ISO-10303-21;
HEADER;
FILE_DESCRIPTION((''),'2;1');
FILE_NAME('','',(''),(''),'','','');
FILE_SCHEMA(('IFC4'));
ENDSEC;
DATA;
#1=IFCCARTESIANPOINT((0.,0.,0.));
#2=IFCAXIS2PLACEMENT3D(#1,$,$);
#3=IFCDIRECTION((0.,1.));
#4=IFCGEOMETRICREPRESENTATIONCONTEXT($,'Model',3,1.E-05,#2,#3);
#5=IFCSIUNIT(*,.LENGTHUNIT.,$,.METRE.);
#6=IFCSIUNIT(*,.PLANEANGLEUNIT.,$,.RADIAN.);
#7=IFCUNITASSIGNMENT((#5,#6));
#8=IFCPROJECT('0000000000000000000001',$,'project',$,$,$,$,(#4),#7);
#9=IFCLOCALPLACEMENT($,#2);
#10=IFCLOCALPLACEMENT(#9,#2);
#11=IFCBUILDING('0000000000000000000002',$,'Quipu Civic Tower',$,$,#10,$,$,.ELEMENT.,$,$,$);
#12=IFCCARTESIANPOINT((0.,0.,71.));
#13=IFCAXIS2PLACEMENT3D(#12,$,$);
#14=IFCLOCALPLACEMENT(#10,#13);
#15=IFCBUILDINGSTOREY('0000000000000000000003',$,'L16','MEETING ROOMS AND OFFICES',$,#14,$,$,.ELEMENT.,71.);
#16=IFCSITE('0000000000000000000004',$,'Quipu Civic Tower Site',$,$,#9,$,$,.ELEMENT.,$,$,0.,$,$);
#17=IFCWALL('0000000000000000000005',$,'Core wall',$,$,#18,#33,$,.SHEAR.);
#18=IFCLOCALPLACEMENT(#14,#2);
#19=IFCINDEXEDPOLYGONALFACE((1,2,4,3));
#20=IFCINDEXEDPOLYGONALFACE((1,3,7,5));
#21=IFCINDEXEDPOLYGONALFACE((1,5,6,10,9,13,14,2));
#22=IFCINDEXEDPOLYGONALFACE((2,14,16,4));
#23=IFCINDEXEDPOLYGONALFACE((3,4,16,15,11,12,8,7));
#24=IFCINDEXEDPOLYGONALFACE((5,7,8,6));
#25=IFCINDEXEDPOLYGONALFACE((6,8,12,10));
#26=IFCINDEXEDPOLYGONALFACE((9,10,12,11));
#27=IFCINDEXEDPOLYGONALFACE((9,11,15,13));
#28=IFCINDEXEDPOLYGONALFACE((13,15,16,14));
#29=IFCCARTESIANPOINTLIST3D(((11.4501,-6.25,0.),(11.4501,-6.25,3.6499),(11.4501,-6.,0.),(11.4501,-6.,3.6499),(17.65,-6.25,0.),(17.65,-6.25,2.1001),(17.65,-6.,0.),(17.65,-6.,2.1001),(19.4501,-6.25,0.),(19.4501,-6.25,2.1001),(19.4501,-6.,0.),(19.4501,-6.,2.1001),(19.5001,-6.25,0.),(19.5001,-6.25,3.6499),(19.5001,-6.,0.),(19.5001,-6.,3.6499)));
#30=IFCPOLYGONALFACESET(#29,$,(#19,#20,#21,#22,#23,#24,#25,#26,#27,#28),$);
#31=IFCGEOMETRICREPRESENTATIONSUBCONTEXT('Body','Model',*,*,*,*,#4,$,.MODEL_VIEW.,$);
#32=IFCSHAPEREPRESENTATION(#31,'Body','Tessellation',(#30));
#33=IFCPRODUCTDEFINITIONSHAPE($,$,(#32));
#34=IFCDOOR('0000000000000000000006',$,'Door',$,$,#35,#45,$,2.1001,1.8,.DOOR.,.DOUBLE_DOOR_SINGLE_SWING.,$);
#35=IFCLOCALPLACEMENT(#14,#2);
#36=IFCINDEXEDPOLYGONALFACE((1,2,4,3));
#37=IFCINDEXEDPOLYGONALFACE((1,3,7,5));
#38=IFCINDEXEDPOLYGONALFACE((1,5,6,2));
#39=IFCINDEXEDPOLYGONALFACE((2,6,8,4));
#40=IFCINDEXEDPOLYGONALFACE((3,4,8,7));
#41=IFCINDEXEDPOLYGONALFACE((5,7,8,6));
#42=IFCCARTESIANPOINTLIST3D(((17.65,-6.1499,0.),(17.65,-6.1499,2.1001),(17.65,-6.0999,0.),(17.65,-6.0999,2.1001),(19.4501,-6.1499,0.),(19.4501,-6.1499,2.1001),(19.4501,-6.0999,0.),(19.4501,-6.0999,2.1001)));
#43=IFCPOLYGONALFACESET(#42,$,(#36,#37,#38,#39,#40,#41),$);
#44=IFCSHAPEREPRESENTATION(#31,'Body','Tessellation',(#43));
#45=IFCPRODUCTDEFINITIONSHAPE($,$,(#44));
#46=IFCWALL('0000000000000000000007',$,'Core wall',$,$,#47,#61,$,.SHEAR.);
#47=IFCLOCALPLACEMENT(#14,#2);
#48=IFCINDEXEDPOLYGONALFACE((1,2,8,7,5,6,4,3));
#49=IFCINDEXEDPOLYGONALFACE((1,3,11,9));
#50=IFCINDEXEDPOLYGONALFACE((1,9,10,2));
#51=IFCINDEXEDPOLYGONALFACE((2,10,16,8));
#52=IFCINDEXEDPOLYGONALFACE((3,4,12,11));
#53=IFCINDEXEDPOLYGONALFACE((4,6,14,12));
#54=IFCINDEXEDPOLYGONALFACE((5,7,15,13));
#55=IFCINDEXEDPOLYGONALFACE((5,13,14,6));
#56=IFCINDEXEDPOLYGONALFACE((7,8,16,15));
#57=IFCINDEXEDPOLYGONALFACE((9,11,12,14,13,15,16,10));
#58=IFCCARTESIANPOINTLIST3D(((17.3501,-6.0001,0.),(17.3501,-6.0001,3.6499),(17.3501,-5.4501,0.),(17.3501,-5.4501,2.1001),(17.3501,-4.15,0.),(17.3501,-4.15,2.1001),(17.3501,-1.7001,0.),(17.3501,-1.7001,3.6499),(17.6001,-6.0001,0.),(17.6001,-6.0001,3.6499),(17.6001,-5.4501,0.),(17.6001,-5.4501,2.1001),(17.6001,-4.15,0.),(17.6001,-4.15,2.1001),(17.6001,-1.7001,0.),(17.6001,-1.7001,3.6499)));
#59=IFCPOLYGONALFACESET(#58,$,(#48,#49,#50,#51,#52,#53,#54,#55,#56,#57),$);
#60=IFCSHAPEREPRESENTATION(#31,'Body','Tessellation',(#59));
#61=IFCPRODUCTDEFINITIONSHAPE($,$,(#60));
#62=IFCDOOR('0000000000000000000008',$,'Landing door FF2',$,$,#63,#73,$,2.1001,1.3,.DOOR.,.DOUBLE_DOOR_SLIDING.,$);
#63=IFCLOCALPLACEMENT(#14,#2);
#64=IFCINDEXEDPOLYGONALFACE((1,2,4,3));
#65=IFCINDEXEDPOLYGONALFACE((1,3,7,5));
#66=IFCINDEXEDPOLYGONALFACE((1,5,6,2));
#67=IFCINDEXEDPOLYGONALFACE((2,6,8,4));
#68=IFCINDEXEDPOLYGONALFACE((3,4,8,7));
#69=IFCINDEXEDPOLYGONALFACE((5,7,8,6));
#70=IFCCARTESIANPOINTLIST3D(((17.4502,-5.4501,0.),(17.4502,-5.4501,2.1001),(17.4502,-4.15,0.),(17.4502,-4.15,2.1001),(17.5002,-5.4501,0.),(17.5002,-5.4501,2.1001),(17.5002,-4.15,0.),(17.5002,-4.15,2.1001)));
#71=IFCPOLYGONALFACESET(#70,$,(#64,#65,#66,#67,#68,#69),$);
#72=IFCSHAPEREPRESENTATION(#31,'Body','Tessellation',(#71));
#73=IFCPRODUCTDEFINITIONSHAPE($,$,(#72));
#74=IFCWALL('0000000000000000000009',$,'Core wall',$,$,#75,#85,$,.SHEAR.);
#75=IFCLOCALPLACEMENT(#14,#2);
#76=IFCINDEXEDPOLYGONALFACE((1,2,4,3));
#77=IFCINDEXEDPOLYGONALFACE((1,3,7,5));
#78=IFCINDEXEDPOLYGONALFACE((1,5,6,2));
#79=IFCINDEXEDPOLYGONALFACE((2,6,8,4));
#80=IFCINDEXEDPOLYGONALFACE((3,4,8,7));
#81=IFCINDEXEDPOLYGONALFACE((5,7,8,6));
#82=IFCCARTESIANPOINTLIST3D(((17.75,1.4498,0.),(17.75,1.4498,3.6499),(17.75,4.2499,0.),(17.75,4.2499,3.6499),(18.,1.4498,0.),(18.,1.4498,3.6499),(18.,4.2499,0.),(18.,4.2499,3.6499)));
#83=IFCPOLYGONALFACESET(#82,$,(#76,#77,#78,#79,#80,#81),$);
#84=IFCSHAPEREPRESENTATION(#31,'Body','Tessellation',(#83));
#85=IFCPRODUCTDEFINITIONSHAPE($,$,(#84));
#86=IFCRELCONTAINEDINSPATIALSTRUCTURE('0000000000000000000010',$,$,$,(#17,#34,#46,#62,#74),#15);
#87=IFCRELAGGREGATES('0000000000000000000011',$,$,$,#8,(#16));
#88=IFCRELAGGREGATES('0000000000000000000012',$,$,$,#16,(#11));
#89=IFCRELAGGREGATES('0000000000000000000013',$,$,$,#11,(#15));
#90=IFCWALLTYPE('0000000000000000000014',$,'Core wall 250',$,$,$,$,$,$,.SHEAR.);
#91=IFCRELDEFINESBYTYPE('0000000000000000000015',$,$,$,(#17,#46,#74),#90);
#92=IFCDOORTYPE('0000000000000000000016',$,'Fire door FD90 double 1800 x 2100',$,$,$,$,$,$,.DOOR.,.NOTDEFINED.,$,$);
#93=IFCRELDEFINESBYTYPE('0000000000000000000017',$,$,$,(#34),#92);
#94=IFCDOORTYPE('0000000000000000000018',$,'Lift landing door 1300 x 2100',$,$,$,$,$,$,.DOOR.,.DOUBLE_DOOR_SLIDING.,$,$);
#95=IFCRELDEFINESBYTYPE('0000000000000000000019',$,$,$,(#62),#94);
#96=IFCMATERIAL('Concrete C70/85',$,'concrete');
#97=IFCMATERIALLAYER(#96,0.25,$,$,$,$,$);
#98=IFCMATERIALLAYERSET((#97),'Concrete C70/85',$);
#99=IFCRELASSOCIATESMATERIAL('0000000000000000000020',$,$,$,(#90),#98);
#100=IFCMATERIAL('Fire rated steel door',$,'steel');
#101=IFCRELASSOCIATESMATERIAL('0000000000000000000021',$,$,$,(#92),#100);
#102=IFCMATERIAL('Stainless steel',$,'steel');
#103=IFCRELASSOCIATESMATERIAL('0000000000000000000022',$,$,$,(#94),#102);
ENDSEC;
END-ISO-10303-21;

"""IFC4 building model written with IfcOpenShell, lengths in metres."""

from ifc_helpers import new_model, si_unit, direction, frame, frame_2d, origin, place, context, subcontext, project, spatial, rectangle, extrude, material, layer, layer_set, type_object, element, fill, save


model = new_model("IFC4")

# Units and contexts
model_context = context("Model", 3, precision=1e-05, world=origin(), true_north=direction((0.0, 1.0)))
body_context = subcontext(model_context, "Body", "Model", "MODEL_VIEW")
ifc_project = project(units=[si_unit("LENGTHUNIT", "METRE"), si_unit("PLANEANGLEUNIT", "RADIAN")], contexts=[model_context])

# Site, building, storey
site_placement = place(None, origin())
site = spatial("IfcSite", under=ifc_project, at=site_placement, Name="Quipu Civic Tower Site", CompositionType="ELEMENT", RefElevation=0.0)
building_placement = place(site_placement, origin())
building = spatial("IfcBuilding", under=site, at=building_placement, Name="Quipu Civic Tower", CompositionType="ELEMENT")
storey_placement = place(building_placement, frame((0.0, 0.0, 71.0)))
storey = spatial("IfcBuildingStorey", under=building, at=storey_placement, Name="L16", Description="MEETING ROOMS AND OFFICES", CompositionType="ELEMENT", Elevation=71.0)

# Walls, openings, doors
ifc_material_1 = material(Name="Concrete C70/85", Category="concrete")
ifc_layer_1 = layer(ifc_material_1, 0.25)
ifc_layer_set_1 = layer_set([ifc_layer_1], Name="Concrete C70/85")
wall_type_1 = type_object("IfcWallType", Name="Core wall 250", PredefinedType="SHEAR", material=ifc_layer_set_1)
wall_1_placement = place(storey_placement, frame((19.5, -6.125, 0.0), z_axis=(0.0, 0.0, 1.0), x_axis=(-1.0, 0.0, 0.0)))
wall_1 = element("IfcWall", 1, at=wall_1_placement, inside=storey, type_object=wall_type_1, Name="Core wall", PredefinedType="SHEAR", context=body_context, shape_type="SweptSolid", body=[
    extrude(rectangle(XDim=8.05, YDim=0.25, at=frame_2d((4.0249, 0.0))), origin(), (0.0, 0.0, 1.0), 3.6499),
])
opening_1_placement = place(wall_1_placement, frame((0.05, 0.0, 0.0)))
opening_1 = element("IfcOpeningElement", 2, at=opening_1_placement, cuts=wall_1, PredefinedType="OPENING", context=body_context, shape_type="SweptSolid", body=[
    extrude(rectangle(XDim=1.8, YDim=2.1001, at=frame_2d((0.8999, 1.05))), frame((0.0, 0.135, 0.0), z_axis=(0.0, -1.0, 0.0), x_axis=(1.0, 0.0, 0.0)), (0.0, 0.0, 1.0), 0.27),
])
ifc_material_2 = material(Name="Fire rated steel door", Category="steel")
door_type_1 = type_object("IfcDoorType", Name="Fire door FD90 double 1800 x 2100", OperationType="NOTDEFINED", PredefinedType="DOOR", material=ifc_material_2)
door_1_placement = place(opening_1_placement, origin())
door_1 = element("IfcDoor", 3, at=door_1_placement, inside=storey, type_object=door_type_1, Name="Door", OperationType="DOUBLE_DOOR_SINGLE_SWING", OverallHeight=2.1001, OverallWidth=1.8, PredefinedType="DOOR", context=body_context, shape_type="SweptSolid", body=[
    extrude(rectangle(XDim=1.8, YDim=2.1001, at=frame_2d((0.8999, 1.05))), frame((0.0, 0.0249, 0.0), z_axis=(0.0, -1.0, 0.0), x_axis=(1.0, 0.0, 0.0)), (0.0, 0.0, 1.0), 0.05),
])
fill(opening_1, door_1)
wall_2_placement = place(storey_placement, frame((17.4751, -6.0, 0.0), z_axis=(0.0, 0.0, 1.0), x_axis=(0.0, 1.0, 0.0)))
wall_2 = element("IfcWall", 4, at=wall_2_placement, inside=storey, type_object=wall_type_1, Name="Core wall", PredefinedType="SHEAR", context=body_context, shape_type="SweptSolid", body=[
    extrude(rectangle(XDim=4.3, YDim=0.25, at=frame_2d((2.1499, 0.0))), origin(), (0.0, 0.0, 1.0), 3.6499),
])
opening_2_placement = place(wall_2_placement, frame((0.55, 0.0, 0.0)))
opening_2 = element("IfcOpeningElement", 5, at=opening_2_placement, cuts=wall_2, PredefinedType="OPENING", context=body_context, shape_type="SweptSolid", body=[
    extrude(rectangle(XDim=1.3, YDim=2.1001, at=frame_2d((0.6499, 1.05))), frame((0.0, 0.135, 0.0), z_axis=(0.0, -1.0, 0.0), x_axis=(1.0, 0.0, 0.0)), (0.0, 0.0, 1.0), 0.27),
])
ifc_material_3 = material(Name="Stainless steel", Category="steel")
door_type_2 = type_object("IfcDoorType", Name="Lift landing door 1300 x 2100", OperationType="DOUBLE_DOOR_SLIDING", PredefinedType="DOOR", material=ifc_material_3)
door_2_placement = place(opening_2_placement, origin())
door_2 = element("IfcDoor", 6, at=door_2_placement, inside=storey, type_object=door_type_2, Name="Landing door FF2", OperationType="DOUBLE_DOOR_SLIDING", OverallHeight=2.1001, OverallWidth=1.3, PredefinedType="DOOR", context=body_context, shape_type="SweptSolid", body=[
    extrude(rectangle(XDim=1.3, YDim=2.1001, at=frame_2d((0.6499, 1.05))), frame((0.0, 0.0249, 0.0), z_axis=(0.0, -1.0, 0.0), x_axis=(1.0, 0.0, 0.0)), (0.0, 0.0, 1.0), 0.05),
])
fill(opening_2, door_2)

# Wall
wall_3_placement = place(storey_placement, frame((17.875, 1.45, 0.0), z_axis=(0.0, 0.0, 1.0), x_axis=(0.0, 1.0, 0.0)))
element("IfcWall", 7, at=wall_3_placement, inside=storey, type_object=wall_type_1, Name="Core wall", PredefinedType="SHEAR", context=body_context, shape_type="SweptSolid", body=[
    extrude(rectangle(XDim=2.8, YDim=0.25, at=frame_2d((1.3999, 0.0))), origin(), (0.0, 0.0, 1.0), 3.6499),
])

save(model, "model.ifc")
